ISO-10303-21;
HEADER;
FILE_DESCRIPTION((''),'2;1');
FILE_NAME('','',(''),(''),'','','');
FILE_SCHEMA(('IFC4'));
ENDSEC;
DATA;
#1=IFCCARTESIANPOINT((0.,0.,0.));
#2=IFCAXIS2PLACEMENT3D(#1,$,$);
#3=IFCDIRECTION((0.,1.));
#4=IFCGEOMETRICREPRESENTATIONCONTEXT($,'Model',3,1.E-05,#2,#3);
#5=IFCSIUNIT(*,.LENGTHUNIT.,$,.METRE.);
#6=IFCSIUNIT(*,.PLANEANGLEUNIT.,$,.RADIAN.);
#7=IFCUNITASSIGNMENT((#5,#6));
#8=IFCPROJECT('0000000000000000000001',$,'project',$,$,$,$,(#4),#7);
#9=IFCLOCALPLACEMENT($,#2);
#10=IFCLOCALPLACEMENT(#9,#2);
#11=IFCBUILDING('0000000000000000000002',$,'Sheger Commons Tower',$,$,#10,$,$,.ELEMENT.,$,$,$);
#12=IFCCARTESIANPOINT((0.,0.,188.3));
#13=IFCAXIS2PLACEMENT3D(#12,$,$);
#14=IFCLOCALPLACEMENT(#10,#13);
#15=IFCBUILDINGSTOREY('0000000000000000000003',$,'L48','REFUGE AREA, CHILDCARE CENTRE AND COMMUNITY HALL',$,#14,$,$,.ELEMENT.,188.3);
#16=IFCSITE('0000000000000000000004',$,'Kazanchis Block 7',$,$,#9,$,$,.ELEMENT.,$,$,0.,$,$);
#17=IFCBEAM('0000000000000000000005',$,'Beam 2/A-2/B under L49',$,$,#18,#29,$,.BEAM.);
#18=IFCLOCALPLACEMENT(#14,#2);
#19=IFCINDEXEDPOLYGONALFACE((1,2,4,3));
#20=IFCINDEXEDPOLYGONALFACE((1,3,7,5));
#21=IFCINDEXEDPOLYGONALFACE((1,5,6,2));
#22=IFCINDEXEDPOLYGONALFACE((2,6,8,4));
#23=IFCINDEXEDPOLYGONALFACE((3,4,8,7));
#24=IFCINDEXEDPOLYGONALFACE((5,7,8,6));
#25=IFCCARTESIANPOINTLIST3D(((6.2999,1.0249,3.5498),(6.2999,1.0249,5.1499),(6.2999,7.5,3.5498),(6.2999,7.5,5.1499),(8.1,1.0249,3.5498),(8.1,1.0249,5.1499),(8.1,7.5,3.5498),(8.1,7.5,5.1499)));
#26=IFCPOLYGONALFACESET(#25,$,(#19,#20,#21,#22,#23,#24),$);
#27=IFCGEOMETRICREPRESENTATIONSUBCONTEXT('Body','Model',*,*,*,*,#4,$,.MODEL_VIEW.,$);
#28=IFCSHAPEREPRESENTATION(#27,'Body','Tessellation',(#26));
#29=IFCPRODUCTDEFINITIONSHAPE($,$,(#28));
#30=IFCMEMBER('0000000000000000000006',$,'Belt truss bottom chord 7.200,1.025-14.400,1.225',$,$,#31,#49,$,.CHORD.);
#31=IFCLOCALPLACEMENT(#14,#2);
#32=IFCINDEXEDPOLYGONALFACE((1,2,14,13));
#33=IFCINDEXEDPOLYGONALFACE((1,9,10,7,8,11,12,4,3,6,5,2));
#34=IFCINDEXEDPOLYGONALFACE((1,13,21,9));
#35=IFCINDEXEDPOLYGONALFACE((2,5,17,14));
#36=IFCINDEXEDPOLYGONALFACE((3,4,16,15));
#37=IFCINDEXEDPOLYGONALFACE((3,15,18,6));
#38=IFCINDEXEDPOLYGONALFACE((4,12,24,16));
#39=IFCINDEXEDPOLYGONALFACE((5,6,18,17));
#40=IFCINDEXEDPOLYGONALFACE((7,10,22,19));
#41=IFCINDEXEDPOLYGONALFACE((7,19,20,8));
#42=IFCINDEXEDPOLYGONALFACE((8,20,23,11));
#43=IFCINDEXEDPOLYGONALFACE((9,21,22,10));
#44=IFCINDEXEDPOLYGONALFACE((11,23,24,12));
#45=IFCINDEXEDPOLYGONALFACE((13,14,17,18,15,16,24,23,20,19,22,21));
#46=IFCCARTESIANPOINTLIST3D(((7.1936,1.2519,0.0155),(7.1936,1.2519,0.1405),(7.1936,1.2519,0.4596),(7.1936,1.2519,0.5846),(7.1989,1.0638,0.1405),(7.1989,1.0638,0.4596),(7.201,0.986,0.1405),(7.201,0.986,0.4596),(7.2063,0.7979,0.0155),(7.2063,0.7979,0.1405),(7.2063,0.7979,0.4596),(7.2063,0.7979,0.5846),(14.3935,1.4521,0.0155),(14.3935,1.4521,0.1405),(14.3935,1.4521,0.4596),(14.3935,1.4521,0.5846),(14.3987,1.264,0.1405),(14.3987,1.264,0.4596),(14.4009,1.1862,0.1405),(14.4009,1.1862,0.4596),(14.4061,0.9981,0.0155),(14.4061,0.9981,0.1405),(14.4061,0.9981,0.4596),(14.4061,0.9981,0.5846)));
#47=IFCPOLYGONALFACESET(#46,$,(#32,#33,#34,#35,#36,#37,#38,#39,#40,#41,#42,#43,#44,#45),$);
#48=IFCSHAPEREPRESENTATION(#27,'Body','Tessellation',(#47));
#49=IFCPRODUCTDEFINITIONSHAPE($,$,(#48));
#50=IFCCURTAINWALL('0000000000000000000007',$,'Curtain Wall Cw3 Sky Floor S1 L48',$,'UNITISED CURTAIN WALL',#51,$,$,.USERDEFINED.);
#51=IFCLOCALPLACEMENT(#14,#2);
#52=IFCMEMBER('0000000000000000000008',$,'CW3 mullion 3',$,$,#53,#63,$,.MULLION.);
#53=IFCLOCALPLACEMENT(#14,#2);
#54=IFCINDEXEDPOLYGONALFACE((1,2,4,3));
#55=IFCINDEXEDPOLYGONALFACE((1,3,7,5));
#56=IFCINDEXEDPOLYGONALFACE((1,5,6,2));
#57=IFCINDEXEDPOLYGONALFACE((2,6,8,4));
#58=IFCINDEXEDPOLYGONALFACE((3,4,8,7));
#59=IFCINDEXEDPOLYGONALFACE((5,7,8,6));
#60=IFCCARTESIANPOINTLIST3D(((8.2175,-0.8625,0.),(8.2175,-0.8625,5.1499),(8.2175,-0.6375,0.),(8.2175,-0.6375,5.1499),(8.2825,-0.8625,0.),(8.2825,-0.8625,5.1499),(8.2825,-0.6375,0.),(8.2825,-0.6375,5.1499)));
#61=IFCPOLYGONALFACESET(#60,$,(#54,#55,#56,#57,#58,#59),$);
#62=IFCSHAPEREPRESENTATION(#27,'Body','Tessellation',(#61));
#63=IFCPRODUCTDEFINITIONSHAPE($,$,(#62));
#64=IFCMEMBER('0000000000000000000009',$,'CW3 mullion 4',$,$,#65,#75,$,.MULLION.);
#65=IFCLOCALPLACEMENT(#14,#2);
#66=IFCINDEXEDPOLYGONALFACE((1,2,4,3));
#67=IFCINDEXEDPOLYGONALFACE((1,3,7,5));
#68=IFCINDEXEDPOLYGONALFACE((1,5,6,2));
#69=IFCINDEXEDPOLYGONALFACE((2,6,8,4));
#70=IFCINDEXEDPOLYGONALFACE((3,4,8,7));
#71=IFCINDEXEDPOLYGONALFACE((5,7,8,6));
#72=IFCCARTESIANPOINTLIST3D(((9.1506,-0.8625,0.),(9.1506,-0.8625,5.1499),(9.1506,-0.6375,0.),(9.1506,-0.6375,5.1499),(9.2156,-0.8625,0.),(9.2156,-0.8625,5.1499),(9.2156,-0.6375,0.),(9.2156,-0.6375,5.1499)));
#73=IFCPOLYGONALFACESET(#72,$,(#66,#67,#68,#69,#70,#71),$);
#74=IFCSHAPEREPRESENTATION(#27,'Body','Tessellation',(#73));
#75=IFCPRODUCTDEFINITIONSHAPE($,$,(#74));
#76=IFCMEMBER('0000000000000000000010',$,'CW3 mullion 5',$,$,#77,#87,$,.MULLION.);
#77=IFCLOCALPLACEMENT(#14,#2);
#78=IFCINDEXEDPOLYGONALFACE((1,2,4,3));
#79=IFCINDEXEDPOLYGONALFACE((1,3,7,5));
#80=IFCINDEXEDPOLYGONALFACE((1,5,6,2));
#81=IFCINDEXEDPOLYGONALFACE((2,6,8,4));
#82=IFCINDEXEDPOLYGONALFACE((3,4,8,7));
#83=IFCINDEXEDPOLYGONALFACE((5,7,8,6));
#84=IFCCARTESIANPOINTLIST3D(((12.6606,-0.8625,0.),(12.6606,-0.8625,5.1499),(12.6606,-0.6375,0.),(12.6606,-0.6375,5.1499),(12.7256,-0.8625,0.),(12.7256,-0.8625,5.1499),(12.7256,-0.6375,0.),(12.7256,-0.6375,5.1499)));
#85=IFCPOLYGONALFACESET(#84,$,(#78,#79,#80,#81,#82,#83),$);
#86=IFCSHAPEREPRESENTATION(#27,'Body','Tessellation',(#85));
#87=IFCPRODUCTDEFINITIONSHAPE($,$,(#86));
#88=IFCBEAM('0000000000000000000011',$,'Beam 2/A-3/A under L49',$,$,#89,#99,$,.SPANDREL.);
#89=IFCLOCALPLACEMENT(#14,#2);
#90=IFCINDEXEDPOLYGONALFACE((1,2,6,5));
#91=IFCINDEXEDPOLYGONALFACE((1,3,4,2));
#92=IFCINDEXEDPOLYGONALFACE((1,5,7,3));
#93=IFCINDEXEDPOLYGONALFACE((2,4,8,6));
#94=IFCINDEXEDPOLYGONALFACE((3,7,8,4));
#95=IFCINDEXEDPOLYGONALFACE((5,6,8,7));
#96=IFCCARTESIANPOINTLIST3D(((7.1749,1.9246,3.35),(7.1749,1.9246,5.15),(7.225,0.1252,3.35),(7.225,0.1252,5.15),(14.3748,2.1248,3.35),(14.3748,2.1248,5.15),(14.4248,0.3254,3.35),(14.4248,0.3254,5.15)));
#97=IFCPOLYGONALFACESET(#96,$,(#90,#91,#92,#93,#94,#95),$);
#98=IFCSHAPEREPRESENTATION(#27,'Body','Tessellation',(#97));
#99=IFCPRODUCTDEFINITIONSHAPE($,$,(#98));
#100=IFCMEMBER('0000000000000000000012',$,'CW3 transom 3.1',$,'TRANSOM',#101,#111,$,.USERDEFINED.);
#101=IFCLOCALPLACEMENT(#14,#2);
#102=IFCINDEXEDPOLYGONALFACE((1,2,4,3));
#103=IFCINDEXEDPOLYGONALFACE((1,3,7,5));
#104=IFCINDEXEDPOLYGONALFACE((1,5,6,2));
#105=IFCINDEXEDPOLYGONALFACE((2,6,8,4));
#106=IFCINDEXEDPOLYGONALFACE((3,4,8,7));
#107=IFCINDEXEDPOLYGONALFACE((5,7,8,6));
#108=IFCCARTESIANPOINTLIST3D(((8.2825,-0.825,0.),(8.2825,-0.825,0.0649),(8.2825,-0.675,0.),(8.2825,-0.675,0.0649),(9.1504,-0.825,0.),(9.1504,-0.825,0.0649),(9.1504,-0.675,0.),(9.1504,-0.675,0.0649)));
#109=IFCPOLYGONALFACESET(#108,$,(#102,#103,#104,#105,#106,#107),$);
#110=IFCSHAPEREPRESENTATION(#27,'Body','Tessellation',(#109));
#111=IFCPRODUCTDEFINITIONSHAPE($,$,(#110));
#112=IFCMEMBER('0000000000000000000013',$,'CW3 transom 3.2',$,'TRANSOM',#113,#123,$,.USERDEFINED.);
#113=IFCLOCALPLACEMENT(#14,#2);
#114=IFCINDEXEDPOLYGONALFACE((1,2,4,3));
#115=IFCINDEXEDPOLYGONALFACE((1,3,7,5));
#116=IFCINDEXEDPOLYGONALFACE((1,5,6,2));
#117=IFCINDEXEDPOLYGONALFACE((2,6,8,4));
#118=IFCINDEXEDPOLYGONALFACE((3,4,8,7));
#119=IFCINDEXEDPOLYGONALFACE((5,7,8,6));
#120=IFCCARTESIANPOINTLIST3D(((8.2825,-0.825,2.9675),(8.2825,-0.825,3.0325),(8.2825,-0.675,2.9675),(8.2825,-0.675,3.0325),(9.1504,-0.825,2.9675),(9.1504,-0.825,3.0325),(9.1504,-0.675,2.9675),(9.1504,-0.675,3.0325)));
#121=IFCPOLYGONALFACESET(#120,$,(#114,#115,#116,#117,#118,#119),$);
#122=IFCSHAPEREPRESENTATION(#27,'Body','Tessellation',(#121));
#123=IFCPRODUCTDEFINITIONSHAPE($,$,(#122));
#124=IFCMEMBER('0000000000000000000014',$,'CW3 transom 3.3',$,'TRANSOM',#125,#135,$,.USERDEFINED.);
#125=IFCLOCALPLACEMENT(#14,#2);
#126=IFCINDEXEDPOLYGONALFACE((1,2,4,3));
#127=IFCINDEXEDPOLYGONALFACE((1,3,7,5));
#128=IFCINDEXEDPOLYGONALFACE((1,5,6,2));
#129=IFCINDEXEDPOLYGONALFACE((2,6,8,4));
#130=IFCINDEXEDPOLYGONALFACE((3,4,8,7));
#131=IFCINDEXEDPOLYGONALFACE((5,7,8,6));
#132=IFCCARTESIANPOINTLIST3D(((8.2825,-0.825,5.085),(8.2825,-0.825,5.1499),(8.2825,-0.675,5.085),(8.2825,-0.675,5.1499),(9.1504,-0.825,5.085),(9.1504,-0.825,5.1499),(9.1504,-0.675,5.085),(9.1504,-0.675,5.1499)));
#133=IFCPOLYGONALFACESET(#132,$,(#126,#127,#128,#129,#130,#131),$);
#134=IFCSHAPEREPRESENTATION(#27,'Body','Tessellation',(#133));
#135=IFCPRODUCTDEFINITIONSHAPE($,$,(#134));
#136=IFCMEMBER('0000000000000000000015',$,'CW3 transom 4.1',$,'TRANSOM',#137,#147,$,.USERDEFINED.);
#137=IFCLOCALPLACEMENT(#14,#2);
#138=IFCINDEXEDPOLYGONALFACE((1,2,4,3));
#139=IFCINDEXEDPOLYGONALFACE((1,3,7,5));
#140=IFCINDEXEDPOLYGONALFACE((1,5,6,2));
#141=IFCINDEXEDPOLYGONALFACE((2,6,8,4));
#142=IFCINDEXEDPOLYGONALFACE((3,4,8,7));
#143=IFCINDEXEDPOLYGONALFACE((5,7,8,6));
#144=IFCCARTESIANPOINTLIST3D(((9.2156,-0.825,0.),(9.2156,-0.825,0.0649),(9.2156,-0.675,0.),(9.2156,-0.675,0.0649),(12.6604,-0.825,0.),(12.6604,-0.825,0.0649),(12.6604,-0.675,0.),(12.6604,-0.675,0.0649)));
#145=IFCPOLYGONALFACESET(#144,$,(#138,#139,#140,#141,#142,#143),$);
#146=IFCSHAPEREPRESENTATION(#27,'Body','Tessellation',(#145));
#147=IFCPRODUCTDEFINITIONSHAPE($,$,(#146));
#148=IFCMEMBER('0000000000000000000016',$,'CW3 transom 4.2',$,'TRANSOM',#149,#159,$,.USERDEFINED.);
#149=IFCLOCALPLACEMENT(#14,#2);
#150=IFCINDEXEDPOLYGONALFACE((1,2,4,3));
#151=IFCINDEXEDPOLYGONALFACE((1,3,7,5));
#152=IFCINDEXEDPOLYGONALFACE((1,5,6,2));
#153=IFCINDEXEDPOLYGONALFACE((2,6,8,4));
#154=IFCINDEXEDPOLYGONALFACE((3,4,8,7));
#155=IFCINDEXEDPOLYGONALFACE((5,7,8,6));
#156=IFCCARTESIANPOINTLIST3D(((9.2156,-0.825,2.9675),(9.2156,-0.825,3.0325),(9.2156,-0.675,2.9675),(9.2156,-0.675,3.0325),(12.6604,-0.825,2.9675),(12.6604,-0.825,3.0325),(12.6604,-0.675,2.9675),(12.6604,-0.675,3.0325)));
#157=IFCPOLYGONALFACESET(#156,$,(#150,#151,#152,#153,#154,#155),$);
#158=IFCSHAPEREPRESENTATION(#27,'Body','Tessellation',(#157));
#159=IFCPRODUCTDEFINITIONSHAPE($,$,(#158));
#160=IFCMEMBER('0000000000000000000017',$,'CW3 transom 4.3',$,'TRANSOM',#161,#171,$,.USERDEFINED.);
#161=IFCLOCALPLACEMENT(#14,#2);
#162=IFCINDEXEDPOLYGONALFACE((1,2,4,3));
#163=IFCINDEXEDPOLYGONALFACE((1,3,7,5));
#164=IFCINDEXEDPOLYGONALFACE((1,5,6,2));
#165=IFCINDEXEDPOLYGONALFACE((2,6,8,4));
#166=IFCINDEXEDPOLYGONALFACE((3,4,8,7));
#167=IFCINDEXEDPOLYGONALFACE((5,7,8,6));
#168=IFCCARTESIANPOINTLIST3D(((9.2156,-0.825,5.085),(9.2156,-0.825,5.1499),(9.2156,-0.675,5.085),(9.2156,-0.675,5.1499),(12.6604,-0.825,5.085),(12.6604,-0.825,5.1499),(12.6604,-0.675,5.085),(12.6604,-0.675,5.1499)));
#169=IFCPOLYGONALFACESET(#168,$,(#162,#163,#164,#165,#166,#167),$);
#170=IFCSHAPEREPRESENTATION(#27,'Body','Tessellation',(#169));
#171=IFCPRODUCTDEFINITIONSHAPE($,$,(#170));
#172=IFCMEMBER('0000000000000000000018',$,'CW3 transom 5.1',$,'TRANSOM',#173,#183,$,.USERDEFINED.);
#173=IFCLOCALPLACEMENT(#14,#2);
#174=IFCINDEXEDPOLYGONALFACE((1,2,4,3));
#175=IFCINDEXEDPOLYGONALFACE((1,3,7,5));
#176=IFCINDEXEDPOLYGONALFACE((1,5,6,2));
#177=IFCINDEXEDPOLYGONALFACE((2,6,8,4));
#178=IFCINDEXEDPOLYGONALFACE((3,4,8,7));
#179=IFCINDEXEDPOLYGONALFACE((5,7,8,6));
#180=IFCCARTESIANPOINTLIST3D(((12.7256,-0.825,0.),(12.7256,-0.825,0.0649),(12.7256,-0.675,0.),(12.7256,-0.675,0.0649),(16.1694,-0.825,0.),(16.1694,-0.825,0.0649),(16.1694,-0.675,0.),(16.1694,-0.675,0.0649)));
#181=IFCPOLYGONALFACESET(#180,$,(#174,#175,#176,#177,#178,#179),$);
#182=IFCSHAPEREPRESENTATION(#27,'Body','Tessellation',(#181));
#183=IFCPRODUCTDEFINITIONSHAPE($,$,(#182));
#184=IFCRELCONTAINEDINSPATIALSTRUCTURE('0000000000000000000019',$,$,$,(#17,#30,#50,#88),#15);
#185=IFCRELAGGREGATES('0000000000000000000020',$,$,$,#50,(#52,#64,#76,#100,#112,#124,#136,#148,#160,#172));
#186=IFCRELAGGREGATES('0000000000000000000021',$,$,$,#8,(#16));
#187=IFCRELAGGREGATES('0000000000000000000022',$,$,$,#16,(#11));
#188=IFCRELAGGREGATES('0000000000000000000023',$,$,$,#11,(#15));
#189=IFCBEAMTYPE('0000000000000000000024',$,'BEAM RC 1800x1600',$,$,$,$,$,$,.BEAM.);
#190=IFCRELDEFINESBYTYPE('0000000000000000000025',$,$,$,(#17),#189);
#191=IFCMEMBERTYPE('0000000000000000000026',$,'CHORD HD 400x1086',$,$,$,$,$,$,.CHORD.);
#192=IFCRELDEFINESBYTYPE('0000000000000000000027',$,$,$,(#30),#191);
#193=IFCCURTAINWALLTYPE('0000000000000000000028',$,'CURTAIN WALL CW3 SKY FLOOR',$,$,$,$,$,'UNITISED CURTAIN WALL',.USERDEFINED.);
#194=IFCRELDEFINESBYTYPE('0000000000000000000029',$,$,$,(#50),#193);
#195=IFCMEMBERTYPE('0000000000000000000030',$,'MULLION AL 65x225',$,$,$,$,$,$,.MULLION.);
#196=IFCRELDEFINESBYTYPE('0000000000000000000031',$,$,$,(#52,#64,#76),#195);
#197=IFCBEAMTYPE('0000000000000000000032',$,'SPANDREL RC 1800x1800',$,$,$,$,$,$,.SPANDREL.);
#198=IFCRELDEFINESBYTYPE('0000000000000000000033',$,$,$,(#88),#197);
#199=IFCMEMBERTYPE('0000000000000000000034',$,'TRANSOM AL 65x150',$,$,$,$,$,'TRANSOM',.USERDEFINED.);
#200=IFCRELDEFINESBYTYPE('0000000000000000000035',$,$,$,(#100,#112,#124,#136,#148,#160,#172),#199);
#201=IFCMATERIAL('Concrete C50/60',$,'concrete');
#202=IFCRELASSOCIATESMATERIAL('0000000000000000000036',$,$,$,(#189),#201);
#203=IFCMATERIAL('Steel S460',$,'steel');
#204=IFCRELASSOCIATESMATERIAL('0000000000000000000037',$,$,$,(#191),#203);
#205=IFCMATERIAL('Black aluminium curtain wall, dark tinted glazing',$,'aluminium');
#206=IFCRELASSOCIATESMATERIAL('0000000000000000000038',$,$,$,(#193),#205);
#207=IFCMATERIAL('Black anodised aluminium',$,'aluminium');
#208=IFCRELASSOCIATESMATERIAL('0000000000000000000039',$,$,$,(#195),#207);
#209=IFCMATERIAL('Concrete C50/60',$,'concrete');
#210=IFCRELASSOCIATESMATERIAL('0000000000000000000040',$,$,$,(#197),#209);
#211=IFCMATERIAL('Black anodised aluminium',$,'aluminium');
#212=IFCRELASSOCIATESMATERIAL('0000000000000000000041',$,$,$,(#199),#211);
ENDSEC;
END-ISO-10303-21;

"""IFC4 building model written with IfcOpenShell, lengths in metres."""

from ifc_helpers import new_model, si_unit, direction, frame, origin, origin_2d, place, context, subcontext, project, spatial, rectangle, i_section, extrude, material, material_profile, profile_set, type_object, element, aggregate, save


model = new_model("IFC4")

# Units and contexts
model_context = context("Model", 3, precision=1e-05, world=origin(), true_north=direction((0.0, 1.0)))
body_context = subcontext(model_context, "Body", "Model", "MODEL_VIEW")
ifc_project = project(units=[si_unit("LENGTHUNIT", "METRE"), si_unit("PLANEANGLEUNIT", "RADIAN")], contexts=[model_context])

# Site, building, storey
site_placement = place(None, origin())
site = spatial("IfcSite", under=ifc_project, at=site_placement, Name="Kazanchis Block 7", CompositionType="ELEMENT", RefElevation=0.0)
building_placement = place(site_placement, origin())
building = spatial("IfcBuilding", under=site, at=building_placement, Name="Sheger Commons Tower", CompositionType="ELEMENT")
storey_placement = place(building_placement, frame((0.0, 0.0, 188.3)))
storey = spatial("IfcBuildingStorey", under=building, at=storey_placement, Name="L48", Description="REFUGE AREA, CHILDCARE CENTRE AND COMMUNITY HALL", CompositionType="ELEMENT", Elevation=188.3)

# Beam
ifc_material_1 = material(Name="Concrete C50/60", Category="concrete")
ifc_material_profile_1 = material_profile(ifc_material_1, rectangle(XDim=1.8, YDim=1.6001, at=origin_2d()), Name="RC 1800x1600")
ifc_profile_set_1 = profile_set([ifc_material_profile_1], Name="Concrete C50/60")
beam_type_1 = type_object("IfcBeamType", Name="BEAM RC 1800x1600", PredefinedType="BEAM", material=ifc_profile_set_1)
beam_1_placement = place(storey_placement, frame((7.2, 1.0249, 4.3499), z_axis=(0.0, 1.0, 0.0), x_axis=(-1.0, 0.0, 0.0)))
element("IfcBeam", 1, at=beam_1_placement, inside=storey, type_object=beam_type_1, Name="Beam 2/A-2/B under L49", PredefinedType="BEAM", context=body_context, shape_type="SweptSolid", body=[
    extrude(rectangle(XDim=1.8, YDim=1.6001, at=origin_2d()), origin(), (0.0, 0.0, 1.0), 6.4751),
])

# Member
ifc_material_2 = material(Name="Steel S460", Category="steel")
ifc_material_profile_2 = material_profile(ifc_material_2, i_section(OverallWidth=0.4541, OverallDepth=0.5691, WebThickness=0.0779, FlangeThickness=0.125, at=origin_2d()), Name="HD 400x1086")
ifc_profile_set_2 = profile_set([ifc_material_profile_2], Name="Steel S460")
member_type_1 = type_object("IfcMemberType", Name="CHORD HD 400x1086", PredefinedType="CHORD", material=ifc_profile_set_2)
member_1_placement = place(storey_placement, frame((7.2, 1.0249, 0.3), z_axis=(0.999614, 0.027794, 0.0), x_axis=(-0.027794, 0.999614, 0.0)))
element("IfcMember", 2, at=member_1_placement, inside=storey, type_object=member_type_1, Name="Belt truss bottom chord 7.200,1.025-14.400,1.225", PredefinedType="CHORD", context=body_context, shape_type="SweptSolid", body=[
    extrude(i_section(OverallWidth=0.4541, OverallDepth=0.5691, WebThickness=0.0779, FlangeThickness=0.125, at=origin_2d()), origin(), (0.0, 0.0, 1.0), 7.2026),
])

# Curtain wall, members
ifc_material_3 = material(Name="Black aluminium curtain wall, dark tinted glazing", Category="aluminium")
curtain_wall_type = type_object("IfcCurtainWallType", Name="CURTAIN WALL CW3 SKY FLOOR", ElementType="UNITISED CURTAIN WALL", PredefinedType="USERDEFINED", material=ifc_material_3)
curtain_wall_placement = place(storey_placement, origin())
curtain_wall = element("IfcCurtainWall", 3, at=curtain_wall_placement, inside=storey, type_object=curtain_wall_type, Name="Curtain Wall Cw3 Sky Floor S1 L48", ObjectType="UNITISED CURTAIN WALL", PredefinedType="USERDEFINED")
ifc_material_4 = material(Name="Black anodised aluminium", Category="aluminium")
ifc_material_profile_3 = material_profile(ifc_material_4, rectangle(XDim=0.2251, YDim=0.0649, at=origin_2d()), Name="AL 65x225")
ifc_profile_set_3 = profile_set([ifc_material_profile_3], Name="Black anodised aluminium")
member_type_2 = type_object("IfcMemberType", Name="MULLION AL 65x225", PredefinedType="MULLION", material=ifc_profile_set_3)
member_2_placement = place(storey_placement, frame((8.25, -0.75, 0.0), z_axis=(0.0, 0.0, 1.0), x_axis=(0.0, 1.0, 0.0)))
member_2 = element("IfcMember", 4, at=member_2_placement, type_object=member_type_2, Name="CW3 mullion 3", PredefinedType="MULLION", context=body_context, shape_type="SweptSolid", body=[
    extrude(rectangle(XDim=0.2251, YDim=0.0649, at=origin_2d()), origin(), (0.0, 0.0, 1.0), 5.1499),
])
member_3_placement = place(storey_placement, frame((9.1831, -0.75, 0.0), z_axis=(0.0, 0.0, 1.0), x_axis=(0.0, 1.0, 0.0)))
member_3 = element("IfcMember", 5, at=member_3_placement, type_object=member_type_2, Name="CW3 mullion 4", PredefinedType="MULLION", context=body_context, shape_type="SweptSolid", body=[
    extrude(rectangle(XDim=0.2251, YDim=0.0649, at=origin_2d()), origin(), (0.0, 0.0, 1.0), 5.1499),
])
member_4_placement = place(storey_placement, frame((12.6931, -0.75, 0.0), z_axis=(0.0, 0.0, 1.0), x_axis=(0.0, 1.0, 0.0)))
member_4 = element("IfcMember", 6, at=member_4_placement, type_object=member_type_2, Name="CW3 mullion 5", PredefinedType="MULLION", context=body_context, shape_type="SweptSolid", body=[
    extrude(rectangle(XDim=0.2251, YDim=0.0649, at=origin_2d()), origin(), (0.0, 0.0, 1.0), 5.1499),
])

# Beam
ifc_material_5 = material(Name="Concrete C50/60", Category="concrete")
ifc_material_profile_4 = material_profile(ifc_material_5, rectangle(XDim=1.8, YDim=1.8, at=origin_2d()), Name="RC 1800x1800")
ifc_profile_set_4 = profile_set([ifc_material_profile_4], Name="Concrete C50/60")
beam_type_2 = type_object("IfcBeamType", Name="SPANDREL RC 1800x1800", PredefinedType="SPANDREL", material=ifc_profile_set_4)
beam_2_placement = place(storey_placement, frame((7.2, 1.0249, 4.25), z_axis=(0.999614, 0.027794, 0.0), x_axis=(-0.027794, 0.999614, 0.0)))
element("IfcBeam", 7, at=beam_2_placement, inside=storey, type_object=beam_type_2, Name="Beam 2/A-3/A under L49", PredefinedType="SPANDREL", context=body_context, shape_type="SweptSolid", body=[
    extrude(rectangle(XDim=1.8, YDim=1.8, at=origin_2d()), origin(), (0.0, 0.0, 1.0), 7.2026),
])

# Members
ifc_material_6 = material(Name="Black anodised aluminium", Category="aluminium")
ifc_material_profile_5 = material_profile(ifc_material_6, rectangle(XDim=0.1499, YDim=0.0649, at=origin_2d()), Name="AL 65x150")
ifc_profile_set_5 = profile_set([ifc_material_profile_5], Name="Black anodised aluminium")
member_type_3 = type_object("IfcMemberType", Name="TRANSOM AL 65x150", ElementType="TRANSOM", PredefinedType="USERDEFINED", material=ifc_profile_set_5)
member_5_placement = place(storey_placement, frame((8.2825, -0.75, 0.0325), z_axis=(1.0, 0.0, 0.0), x_axis=(0.0, 1.0, 0.0)))
member_5 = element("IfcMember", 8, at=member_5_placement, type_object=member_type_3, Name="CW3 transom 3.1", ObjectType="TRANSOM", PredefinedType="USERDEFINED", context=body_context, shape_type="SweptSolid", body=[
    extrude(rectangle(XDim=0.1499, YDim=0.0649, at=origin_2d()), origin(), (0.0, 0.0, 1.0), 0.8679),
])
member_6_placement = place(storey_placement, frame((8.2825, -0.75, 3.0), z_axis=(1.0, 0.0, 0.0), x_axis=(0.0, 1.0, 0.0)))
member_6 = element("IfcMember", 9, at=member_6_placement, type_object=member_type_3, Name="CW3 transom 3.2", ObjectType="TRANSOM", PredefinedType="USERDEFINED", context=body_context, shape_type="SweptSolid", body=[
    extrude(rectangle(XDim=0.1499, YDim=0.0649, at=origin_2d()), origin(), (0.0, 0.0, 1.0), 0.8679),
])
member_7_placement = place(storey_placement, frame((8.2825, -0.75, 5.1174), z_axis=(1.0, 0.0, 0.0), x_axis=(0.0, 1.0, 0.0)))
member_7 = element("IfcMember", 10, at=member_7_placement, type_object=member_type_3, Name="CW3 transom 3.3", ObjectType="TRANSOM", PredefinedType="USERDEFINED", context=body_context, shape_type="SweptSolid", body=[
    extrude(rectangle(XDim=0.1499, YDim=0.0649, at=origin_2d()), origin(), (0.0, 0.0, 1.0), 0.8679),
])
member_8_placement = place(storey_placement, frame((9.2156, -0.75, 0.0325), z_axis=(1.0, 0.0, 0.0), x_axis=(0.0, 1.0, 0.0)))
member_8 = element("IfcMember", 11, at=member_8_placement, type_object=member_type_3, Name="CW3 transom 4.1", ObjectType="TRANSOM", PredefinedType="USERDEFINED", context=body_context, shape_type="SweptSolid", body=[
    extrude(rectangle(XDim=0.1499, YDim=0.0649, at=origin_2d()), origin(), (0.0, 0.0, 1.0), 3.4448),
])
member_9_placement = place(storey_placement, frame((9.2156, -0.75, 3.0), z_axis=(1.0, 0.0, 0.0), x_axis=(0.0, 1.0, 0.0)))
member_9 = element("IfcMember", 12, at=member_9_placement, type_object=member_type_3, Name="CW3 transom 4.2", ObjectType="TRANSOM", PredefinedType="USERDEFINED", context=body_context, shape_type="SweptSolid", body=[
    extrude(rectangle(XDim=0.1499, YDim=0.0649, at=origin_2d()), origin(), (0.0, 0.0, 1.0), 3.4448),
])
member_10_placement = place(storey_placement, frame((9.2156, -0.75, 5.1174), z_axis=(1.0, 0.0, 0.0), x_axis=(0.0, 1.0, 0.0)))
member_10 = element("IfcMember", 13, at=member_10_placement, type_object=member_type_3, Name="CW3 transom 4.3", ObjectType="TRANSOM", PredefinedType="USERDEFINED", context=body_context, shape_type="SweptSolid", body=[
    extrude(rectangle(XDim=0.1499, YDim=0.0649, at=origin_2d()), origin(), (0.0, 0.0, 1.0), 3.4448),
])
member_11_placement = place(storey_placement, frame((12.7256, -0.75, 0.0325), z_axis=(1.0, 0.0, 0.0), x_axis=(0.0, 1.0, 0.0)))
member_11 = element("IfcMember", 14, at=member_11_placement, type_object=member_type_3, Name="CW3 transom 5.1", ObjectType="TRANSOM", PredefinedType="USERDEFINED", context=body_context, shape_type="SweptSolid", body=[
    extrude(rectangle(XDim=0.1499, YDim=0.0649, at=origin_2d()), origin(), (0.0, 0.0, 1.0), 3.4438),
])

aggregate(curtain_wall, [member_2, member_3, member_4, member_5, member_6, member_7, member_8, member_9, member_10, member_11])

save(model, "model.ifc")
